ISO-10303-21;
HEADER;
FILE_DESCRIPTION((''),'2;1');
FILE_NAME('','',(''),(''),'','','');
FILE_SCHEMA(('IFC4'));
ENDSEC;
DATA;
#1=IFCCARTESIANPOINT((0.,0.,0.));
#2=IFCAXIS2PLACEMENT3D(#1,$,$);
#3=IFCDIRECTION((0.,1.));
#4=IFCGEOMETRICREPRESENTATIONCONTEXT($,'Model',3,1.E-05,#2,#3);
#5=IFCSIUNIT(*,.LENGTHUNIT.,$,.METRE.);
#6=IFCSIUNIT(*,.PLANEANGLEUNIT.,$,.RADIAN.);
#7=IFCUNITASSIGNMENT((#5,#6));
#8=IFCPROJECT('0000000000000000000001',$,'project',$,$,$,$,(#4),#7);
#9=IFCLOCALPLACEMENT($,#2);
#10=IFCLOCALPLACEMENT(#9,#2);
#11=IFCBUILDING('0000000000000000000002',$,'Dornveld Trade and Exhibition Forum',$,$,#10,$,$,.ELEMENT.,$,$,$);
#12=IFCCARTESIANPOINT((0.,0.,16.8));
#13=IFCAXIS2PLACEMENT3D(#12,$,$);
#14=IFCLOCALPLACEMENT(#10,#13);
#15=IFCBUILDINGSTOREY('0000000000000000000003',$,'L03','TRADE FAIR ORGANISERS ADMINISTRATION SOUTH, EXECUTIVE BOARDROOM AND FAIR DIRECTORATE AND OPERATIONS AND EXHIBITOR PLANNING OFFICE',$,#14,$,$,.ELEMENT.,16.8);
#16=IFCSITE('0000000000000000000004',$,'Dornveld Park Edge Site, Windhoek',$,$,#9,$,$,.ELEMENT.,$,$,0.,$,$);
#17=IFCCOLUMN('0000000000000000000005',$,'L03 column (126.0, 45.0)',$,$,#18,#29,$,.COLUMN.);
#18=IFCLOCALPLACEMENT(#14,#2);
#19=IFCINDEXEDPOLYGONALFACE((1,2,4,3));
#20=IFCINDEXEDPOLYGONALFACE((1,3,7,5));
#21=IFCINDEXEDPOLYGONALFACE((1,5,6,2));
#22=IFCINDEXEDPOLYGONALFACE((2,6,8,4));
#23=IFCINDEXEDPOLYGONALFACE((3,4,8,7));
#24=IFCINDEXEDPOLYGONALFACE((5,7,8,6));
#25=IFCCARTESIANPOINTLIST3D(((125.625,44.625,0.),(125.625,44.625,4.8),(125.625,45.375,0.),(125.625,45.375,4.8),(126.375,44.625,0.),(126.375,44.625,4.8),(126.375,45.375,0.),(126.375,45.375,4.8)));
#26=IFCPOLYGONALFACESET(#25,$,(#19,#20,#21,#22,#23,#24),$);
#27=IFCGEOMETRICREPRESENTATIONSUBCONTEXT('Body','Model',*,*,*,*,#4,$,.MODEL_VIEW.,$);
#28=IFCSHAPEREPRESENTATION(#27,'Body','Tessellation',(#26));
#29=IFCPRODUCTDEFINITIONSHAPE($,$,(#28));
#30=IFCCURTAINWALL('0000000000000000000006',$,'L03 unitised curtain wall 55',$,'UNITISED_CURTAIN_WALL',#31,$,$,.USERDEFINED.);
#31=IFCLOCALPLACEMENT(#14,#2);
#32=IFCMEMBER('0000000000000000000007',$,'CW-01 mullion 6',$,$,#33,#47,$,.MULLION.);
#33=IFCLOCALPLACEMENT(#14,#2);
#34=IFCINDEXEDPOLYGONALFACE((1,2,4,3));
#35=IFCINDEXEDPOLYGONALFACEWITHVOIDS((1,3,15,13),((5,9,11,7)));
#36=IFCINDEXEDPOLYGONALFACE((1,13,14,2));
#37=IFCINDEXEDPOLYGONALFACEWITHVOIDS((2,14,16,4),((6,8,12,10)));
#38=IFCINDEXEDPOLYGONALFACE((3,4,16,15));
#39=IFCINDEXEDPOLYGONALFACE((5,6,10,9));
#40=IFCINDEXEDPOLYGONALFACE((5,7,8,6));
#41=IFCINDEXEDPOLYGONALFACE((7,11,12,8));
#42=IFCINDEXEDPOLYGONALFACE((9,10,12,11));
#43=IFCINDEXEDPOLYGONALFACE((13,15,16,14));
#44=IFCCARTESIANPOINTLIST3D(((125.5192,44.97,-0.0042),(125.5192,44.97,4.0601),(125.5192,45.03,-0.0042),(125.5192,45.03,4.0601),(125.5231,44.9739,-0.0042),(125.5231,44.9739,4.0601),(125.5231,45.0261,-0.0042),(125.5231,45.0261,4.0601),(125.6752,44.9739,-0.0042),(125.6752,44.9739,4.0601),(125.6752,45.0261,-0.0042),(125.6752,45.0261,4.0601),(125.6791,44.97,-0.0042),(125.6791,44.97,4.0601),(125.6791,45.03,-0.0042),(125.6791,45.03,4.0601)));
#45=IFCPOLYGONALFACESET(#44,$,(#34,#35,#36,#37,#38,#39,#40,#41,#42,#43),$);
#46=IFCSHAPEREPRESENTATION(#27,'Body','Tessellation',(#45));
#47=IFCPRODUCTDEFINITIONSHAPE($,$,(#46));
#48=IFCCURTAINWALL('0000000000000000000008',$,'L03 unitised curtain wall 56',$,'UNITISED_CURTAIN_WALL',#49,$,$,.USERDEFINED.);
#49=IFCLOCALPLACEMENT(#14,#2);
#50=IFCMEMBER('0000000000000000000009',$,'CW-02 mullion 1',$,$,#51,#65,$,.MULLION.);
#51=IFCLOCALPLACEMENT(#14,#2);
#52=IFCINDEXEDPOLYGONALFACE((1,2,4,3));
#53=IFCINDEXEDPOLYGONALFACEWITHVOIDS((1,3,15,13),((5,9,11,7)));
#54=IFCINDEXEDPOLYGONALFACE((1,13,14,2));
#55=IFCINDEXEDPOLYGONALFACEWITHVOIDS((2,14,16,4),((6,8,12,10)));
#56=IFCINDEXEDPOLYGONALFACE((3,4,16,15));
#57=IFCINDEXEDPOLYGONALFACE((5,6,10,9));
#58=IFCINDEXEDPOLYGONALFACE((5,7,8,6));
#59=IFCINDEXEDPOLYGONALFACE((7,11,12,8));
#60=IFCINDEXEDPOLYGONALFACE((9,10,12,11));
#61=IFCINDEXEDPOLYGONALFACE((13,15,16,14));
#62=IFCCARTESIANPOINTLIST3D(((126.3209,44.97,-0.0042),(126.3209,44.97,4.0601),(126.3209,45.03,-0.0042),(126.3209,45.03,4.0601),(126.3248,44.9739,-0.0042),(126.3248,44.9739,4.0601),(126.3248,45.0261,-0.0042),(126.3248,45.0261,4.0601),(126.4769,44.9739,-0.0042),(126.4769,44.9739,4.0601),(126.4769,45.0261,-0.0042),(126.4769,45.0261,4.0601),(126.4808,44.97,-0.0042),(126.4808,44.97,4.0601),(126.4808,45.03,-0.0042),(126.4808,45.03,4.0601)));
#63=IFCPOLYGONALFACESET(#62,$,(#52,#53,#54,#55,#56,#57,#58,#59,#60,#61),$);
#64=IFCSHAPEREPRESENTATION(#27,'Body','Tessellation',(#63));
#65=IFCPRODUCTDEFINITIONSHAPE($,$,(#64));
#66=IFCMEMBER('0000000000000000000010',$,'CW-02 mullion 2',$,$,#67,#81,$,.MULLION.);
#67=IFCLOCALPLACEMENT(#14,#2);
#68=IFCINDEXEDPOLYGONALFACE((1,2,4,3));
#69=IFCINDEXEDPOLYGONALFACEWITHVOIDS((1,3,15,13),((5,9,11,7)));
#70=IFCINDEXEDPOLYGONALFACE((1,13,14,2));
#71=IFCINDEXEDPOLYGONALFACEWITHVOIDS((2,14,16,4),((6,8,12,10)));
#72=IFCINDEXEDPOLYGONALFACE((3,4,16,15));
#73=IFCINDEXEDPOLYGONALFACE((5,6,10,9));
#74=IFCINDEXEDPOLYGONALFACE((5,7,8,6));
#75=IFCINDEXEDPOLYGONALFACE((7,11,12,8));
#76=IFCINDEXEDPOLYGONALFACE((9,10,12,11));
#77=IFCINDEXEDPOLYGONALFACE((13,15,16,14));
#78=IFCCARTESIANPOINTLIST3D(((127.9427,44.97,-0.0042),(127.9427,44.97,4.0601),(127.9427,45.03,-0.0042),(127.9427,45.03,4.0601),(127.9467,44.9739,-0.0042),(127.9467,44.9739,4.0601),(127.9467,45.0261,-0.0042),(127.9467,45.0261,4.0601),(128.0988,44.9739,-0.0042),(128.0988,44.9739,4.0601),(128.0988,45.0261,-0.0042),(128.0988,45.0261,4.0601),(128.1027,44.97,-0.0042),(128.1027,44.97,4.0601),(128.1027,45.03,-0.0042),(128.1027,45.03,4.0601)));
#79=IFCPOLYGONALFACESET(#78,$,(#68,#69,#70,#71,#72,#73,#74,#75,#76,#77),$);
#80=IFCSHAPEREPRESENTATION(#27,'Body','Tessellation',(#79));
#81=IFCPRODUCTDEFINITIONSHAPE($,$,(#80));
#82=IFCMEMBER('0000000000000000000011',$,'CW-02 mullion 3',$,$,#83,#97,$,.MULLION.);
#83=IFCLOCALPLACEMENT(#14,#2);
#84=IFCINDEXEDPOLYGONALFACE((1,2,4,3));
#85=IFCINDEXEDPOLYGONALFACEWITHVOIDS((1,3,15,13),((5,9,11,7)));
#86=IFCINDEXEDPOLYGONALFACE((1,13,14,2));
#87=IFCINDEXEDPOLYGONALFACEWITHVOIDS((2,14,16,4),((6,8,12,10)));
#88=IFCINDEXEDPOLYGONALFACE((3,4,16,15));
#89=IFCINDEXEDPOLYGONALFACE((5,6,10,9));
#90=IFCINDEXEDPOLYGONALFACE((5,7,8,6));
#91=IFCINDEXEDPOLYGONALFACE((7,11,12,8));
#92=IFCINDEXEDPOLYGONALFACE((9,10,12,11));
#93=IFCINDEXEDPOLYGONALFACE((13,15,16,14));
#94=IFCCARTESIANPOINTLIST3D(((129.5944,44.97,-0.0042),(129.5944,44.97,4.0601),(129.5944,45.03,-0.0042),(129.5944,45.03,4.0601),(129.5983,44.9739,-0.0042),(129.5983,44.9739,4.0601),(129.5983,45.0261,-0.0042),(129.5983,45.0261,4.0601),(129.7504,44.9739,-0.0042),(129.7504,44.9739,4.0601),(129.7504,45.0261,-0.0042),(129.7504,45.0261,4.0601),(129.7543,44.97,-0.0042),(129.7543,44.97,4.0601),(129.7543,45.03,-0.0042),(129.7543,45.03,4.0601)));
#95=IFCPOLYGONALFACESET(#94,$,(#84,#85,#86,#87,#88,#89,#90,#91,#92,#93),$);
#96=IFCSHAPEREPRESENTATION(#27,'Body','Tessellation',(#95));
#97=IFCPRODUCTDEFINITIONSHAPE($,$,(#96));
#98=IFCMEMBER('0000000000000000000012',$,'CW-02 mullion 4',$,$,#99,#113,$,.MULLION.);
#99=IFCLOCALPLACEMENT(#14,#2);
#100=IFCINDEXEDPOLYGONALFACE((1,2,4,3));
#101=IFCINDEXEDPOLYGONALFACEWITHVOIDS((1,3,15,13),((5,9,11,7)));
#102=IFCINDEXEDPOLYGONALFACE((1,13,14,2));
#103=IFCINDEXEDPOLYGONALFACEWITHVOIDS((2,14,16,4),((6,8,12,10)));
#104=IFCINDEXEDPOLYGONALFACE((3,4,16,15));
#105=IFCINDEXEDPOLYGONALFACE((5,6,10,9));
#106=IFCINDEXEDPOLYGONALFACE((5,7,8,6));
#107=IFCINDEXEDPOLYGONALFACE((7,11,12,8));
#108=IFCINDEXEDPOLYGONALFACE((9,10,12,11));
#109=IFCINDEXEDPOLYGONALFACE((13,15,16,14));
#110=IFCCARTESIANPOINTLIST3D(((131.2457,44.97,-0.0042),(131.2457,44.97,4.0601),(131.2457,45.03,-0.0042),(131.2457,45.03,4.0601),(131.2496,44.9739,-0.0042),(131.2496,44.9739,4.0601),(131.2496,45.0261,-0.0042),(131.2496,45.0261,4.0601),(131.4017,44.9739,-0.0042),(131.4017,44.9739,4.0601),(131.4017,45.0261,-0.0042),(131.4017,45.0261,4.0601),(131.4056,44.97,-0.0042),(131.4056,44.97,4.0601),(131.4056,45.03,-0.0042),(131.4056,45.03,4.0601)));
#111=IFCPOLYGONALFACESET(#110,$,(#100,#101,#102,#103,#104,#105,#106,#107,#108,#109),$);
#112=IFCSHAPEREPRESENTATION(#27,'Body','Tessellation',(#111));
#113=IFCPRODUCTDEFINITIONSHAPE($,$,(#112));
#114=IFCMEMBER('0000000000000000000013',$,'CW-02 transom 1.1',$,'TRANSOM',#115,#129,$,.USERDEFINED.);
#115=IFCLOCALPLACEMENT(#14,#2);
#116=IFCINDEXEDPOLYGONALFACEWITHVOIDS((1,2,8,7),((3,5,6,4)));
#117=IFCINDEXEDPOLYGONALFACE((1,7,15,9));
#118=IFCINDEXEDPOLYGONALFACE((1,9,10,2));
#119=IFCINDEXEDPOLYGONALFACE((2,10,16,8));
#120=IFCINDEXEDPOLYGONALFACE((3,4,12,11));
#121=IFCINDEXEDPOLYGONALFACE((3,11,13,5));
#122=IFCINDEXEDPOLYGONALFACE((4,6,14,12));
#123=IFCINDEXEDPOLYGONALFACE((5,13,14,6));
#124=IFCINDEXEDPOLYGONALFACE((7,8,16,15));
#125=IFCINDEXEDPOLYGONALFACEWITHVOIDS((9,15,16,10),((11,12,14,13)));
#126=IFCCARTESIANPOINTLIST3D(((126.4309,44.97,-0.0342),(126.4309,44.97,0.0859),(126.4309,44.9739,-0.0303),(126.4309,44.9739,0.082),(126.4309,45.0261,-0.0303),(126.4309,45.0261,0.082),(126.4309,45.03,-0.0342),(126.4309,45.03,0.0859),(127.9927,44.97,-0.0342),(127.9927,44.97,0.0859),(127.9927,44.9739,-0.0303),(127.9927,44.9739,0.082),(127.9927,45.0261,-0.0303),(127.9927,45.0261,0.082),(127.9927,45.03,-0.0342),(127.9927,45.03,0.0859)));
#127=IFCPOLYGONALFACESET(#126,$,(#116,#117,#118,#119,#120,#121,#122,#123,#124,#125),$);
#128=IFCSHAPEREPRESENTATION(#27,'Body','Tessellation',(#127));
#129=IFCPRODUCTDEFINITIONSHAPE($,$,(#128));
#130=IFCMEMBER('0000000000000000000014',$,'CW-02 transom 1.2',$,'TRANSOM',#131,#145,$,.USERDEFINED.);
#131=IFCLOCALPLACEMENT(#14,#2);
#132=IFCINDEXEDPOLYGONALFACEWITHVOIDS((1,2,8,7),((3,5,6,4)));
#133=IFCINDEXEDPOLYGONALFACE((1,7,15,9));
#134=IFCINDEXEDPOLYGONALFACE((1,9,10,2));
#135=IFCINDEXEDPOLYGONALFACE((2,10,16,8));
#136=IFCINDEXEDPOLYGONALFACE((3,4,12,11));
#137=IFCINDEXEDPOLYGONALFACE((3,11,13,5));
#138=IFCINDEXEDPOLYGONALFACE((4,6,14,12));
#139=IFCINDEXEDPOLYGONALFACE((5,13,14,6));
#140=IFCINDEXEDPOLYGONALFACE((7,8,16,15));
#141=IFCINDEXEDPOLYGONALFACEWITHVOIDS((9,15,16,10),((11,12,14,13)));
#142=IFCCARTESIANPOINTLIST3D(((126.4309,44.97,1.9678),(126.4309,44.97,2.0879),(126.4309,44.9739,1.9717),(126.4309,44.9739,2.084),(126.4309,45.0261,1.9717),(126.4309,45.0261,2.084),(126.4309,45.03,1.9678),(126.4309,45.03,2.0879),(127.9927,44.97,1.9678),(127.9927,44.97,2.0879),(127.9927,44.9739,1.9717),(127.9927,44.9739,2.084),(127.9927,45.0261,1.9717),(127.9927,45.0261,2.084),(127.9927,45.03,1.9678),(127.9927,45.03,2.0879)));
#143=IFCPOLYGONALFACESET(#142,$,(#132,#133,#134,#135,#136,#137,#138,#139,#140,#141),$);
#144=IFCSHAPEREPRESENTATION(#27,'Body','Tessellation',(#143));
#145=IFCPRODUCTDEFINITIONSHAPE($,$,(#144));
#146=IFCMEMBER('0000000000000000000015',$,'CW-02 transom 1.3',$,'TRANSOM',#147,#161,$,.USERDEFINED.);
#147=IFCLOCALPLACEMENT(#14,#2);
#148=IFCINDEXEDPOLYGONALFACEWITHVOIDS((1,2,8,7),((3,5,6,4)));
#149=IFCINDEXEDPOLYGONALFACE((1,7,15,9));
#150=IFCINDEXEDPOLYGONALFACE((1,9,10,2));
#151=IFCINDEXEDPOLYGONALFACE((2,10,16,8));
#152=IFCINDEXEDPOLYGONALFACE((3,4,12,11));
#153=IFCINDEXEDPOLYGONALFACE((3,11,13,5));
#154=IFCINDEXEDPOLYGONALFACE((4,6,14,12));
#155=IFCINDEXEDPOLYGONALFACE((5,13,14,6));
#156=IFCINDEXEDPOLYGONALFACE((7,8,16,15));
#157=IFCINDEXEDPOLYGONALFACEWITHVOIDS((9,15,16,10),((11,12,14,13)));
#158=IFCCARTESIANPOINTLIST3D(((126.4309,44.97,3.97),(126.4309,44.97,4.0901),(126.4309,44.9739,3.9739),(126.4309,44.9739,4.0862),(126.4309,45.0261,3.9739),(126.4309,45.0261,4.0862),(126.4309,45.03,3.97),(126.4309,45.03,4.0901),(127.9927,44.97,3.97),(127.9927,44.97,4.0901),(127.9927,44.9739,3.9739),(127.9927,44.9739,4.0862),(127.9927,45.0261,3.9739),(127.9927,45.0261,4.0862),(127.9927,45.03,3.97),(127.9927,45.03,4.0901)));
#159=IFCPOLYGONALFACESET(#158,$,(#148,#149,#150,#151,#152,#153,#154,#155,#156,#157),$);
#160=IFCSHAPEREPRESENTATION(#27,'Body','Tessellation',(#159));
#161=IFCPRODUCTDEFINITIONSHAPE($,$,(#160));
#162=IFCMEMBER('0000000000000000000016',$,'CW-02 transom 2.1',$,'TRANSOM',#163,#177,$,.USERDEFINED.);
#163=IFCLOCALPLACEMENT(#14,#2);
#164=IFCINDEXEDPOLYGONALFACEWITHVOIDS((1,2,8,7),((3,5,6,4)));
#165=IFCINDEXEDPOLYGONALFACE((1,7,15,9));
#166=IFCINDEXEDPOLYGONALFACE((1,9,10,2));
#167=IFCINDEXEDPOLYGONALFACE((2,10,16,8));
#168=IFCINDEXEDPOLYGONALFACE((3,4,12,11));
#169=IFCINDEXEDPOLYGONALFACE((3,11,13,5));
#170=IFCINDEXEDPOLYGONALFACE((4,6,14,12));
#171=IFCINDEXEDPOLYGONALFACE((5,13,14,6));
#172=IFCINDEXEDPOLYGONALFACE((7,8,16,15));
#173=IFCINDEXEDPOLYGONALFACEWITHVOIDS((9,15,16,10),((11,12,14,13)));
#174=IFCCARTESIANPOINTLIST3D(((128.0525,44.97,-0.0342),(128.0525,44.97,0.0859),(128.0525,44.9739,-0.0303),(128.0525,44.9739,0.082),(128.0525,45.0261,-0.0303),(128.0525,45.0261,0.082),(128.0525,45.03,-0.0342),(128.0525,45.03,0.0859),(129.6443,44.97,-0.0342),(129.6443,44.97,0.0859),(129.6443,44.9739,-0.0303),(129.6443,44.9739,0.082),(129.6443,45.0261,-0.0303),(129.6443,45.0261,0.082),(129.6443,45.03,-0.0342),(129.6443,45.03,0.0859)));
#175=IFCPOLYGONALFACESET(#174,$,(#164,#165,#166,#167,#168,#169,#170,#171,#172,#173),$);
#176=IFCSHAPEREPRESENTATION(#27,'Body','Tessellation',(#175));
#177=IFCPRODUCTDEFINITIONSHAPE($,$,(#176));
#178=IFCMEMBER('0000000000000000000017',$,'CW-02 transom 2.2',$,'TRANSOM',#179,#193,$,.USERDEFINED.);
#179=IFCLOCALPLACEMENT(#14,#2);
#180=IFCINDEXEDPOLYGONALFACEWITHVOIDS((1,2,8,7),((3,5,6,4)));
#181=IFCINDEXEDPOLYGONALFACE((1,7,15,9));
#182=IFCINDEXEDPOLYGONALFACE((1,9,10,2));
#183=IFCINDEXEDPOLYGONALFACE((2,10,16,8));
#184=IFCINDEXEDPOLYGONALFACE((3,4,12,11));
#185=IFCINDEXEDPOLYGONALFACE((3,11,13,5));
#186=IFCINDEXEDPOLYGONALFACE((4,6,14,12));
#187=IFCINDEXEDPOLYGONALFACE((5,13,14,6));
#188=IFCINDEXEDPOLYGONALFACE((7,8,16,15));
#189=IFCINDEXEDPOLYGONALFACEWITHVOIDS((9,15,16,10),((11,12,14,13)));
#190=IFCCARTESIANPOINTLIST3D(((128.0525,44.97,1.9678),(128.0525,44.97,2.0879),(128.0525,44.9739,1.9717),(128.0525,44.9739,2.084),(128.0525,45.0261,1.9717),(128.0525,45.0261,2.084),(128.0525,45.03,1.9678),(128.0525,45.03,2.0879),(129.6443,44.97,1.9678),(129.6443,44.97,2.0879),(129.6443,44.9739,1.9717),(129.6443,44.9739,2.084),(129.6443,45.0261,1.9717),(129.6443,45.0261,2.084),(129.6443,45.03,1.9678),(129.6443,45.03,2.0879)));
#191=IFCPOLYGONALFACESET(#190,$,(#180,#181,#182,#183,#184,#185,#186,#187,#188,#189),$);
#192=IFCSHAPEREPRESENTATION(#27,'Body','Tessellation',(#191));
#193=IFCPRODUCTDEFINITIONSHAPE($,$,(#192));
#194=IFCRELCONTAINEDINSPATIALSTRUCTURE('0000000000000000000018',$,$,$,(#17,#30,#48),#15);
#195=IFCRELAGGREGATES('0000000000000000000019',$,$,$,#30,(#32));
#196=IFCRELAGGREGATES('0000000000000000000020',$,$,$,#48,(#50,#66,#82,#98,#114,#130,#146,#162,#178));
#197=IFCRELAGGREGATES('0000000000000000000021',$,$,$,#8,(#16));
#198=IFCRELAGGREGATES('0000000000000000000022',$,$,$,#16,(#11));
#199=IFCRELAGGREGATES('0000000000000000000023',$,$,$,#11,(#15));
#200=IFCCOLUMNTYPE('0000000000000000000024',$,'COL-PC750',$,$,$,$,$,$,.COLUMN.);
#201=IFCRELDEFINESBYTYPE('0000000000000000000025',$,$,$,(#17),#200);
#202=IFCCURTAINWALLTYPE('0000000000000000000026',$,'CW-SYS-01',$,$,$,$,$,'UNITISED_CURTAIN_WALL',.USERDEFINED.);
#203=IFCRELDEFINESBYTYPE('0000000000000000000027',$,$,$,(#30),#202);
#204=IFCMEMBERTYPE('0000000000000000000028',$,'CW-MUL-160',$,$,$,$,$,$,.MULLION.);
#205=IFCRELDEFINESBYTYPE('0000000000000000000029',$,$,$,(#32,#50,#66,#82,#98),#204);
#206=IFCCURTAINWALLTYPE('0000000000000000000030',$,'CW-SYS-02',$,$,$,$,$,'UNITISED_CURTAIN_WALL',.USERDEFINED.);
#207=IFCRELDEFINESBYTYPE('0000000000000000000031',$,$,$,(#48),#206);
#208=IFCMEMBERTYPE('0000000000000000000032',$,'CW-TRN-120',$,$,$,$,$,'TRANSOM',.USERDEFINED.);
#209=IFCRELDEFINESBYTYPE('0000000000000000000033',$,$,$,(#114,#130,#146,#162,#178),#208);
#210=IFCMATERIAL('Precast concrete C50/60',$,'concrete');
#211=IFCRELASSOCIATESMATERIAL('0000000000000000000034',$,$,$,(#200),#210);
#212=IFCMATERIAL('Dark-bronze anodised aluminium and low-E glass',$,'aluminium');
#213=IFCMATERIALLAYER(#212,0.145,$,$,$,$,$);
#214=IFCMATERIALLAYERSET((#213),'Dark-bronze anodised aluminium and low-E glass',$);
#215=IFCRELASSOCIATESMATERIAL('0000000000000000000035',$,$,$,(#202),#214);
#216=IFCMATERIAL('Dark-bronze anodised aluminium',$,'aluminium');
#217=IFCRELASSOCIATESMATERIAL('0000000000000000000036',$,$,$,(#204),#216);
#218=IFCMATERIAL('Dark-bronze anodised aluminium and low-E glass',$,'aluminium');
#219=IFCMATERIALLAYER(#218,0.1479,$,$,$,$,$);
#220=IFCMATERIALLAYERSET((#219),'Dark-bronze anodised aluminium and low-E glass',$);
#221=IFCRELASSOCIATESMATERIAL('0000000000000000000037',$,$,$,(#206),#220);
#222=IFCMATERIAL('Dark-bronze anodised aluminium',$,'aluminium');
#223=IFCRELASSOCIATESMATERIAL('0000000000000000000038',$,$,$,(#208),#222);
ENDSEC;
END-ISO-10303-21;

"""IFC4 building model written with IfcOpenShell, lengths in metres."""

from ifc_helpers import new_model, si_unit, direction, frame, origin, origin_2d, place, context, subcontext, project, spatial, rectangle, hollow_rectangle, extrude, material, layer, layer_set, material_profile, profile_set, type_object, element, aggregate, save


model = new_model("IFC4")

# Units and contexts
model_context = context("Model", 3, precision=1e-05, world=origin(), true_north=direction((0.0, 1.0)))
body_context = subcontext(model_context, "Body", "Model", "MODEL_VIEW")
ifc_project = project(units=[si_unit("LENGTHUNIT", "METRE"), si_unit("PLANEANGLEUNIT", "RADIAN")], contexts=[model_context])

# Site, building, storey
site_placement = place(None, origin())
site = spatial("IfcSite", under=ifc_project, at=site_placement, Name="Dornveld Park Edge Site, Windhoek", CompositionType="ELEMENT", RefElevation=0.0)
building_placement = place(site_placement, origin())
building = spatial("IfcBuilding", under=site, at=building_placement, Name="Dornveld Trade and Exhibition Forum", CompositionType="ELEMENT")
storey_placement = place(building_placement, frame((0.0, 0.0, 16.8)))
storey = spatial("IfcBuildingStorey", under=building, at=storey_placement, Name="L03", Description="TRADE FAIR ORGANISERS ADMINISTRATION SOUTH, EXECUTIVE BOARDROOM AND FAIR DIRECTORATE AND OPERATIONS AND EXHIBITOR PLANNING OFFICE", CompositionType="ELEMENT", Elevation=16.8)

# Column
ifc_material_1 = material(Name="Precast concrete C50/60", Category="concrete")
ifc_material_profile_1 = material_profile(ifc_material_1, rectangle(XDim=0.75, YDim=0.75, at=origin_2d()), Name="PC-COL 750x750")
ifc_profile_set_1 = profile_set([ifc_material_profile_1], Name="Precast concrete C50/60")
column_type = type_object("IfcColumnType", Name="COL-PC750", PredefinedType="COLUMN", material=ifc_profile_set_1)
column_placement = place(storey_placement, frame((126.0, 45.0, 0.0), z_axis=(0.0, 0.0, 1.0), x_axis=(1.0, 0.0, 0.0)))
element("IfcColumn", 1, at=column_placement, inside=storey, type_object=column_type, Name="L03 column (126.0, 45.0)", PredefinedType="COLUMN", context=body_context, shape_type="SweptSolid", body=[
    extrude(rectangle(XDim=0.75, YDim=0.75, at=origin_2d()), origin(), (0.0, 0.0, 1.0), 4.8),
])

# Curtain wall, member
ifc_material_2 = material(Name="Dark-bronze anodised aluminium and low-E glass", Category="aluminium")
ifc_layer_1 = layer(ifc_material_2, 0.145)
ifc_layer_set_1 = layer_set([ifc_layer_1], Name="Dark-bronze anodised aluminium and low-E glass")
curtain_wall_type_1 = type_object("IfcCurtainWallType", Name="CW-SYS-01", ElementType="UNITISED_CURTAIN_WALL", PredefinedType="USERDEFINED", material=ifc_layer_set_1)
curtain_wall_1_placement = place(storey_placement, origin())
curtain_wall_1 = element("IfcCurtainWall", 2, at=curtain_wall_1_placement, inside=storey, type_object=curtain_wall_type_1, Name="L03 unitised curtain wall 55", ObjectType="UNITISED_CURTAIN_WALL", PredefinedType="USERDEFINED")
ifc_material_3 = material(Name="Dark-bronze anodised aluminium", Category="aluminium")
ifc_material_profile_2 = material_profile(ifc_material_3, hollow_rectangle(XDim=0.0601, YDim=0.1599, WallThickness=0.0039, at=origin_2d()), Name="RHS 160x60x4")
ifc_profile_set_2 = profile_set([ifc_material_profile_2], Name="Dark-bronze anodised aluminium")
member_type_1 = type_object("IfcMemberType", Name="CW-MUL-160", PredefinedType="MULLION", material=ifc_profile_set_2)
member_1_placement = place(storey_placement, frame((125.5991, 45.0, -0.0042), z_axis=(0.0, 0.0, 1.0), x_axis=(0.0, 1.0, 0.0)))
member_1 = element("IfcMember", 3, at=member_1_placement, type_object=member_type_1, Name="CW-01 mullion 6", PredefinedType="MULLION", context=body_context, shape_type="SweptSolid", body=[
    extrude(hollow_rectangle(XDim=0.0601, YDim=0.1599, WallThickness=0.0039, at=origin_2d()), origin(), (0.0, 0.0, 1.0), 4.0642),
])

# Curtain wall, members
ifc_material_4 = material(Name="Dark-bronze anodised aluminium and low-E glass", Category="aluminium")
ifc_layer_2 = layer(ifc_material_4, 0.1479)
ifc_layer_set_2 = layer_set([ifc_layer_2], Name="Dark-bronze anodised aluminium and low-E glass")
curtain_wall_type_2 = type_object("IfcCurtainWallType", Name="CW-SYS-02", ElementType="UNITISED_CURTAIN_WALL", PredefinedType="USERDEFINED", material=ifc_layer_set_2)
curtain_wall_2_placement = place(storey_placement, origin())
curtain_wall_2 = element("IfcCurtainWall", 4, at=curtain_wall_2_placement, inside=storey, type_object=curtain_wall_type_2, Name="L03 unitised curtain wall 56", ObjectType="UNITISED_CURTAIN_WALL", PredefinedType="USERDEFINED")
member_2_placement = place(storey_placement, frame((126.4009, 45.0, -0.0042), z_axis=(0.0, 0.0, 1.0), x_axis=(0.0, 1.0, 0.0)))
member_2 = element("IfcMember", 5, at=member_2_placement, type_object=member_type_1, Name="CW-02 mullion 1", PredefinedType="MULLION", context=body_context, shape_type="SweptSolid", body=[
    extrude(hollow_rectangle(XDim=0.0601, YDim=0.1599, WallThickness=0.0039, at=origin_2d()), origin(), (0.0, 0.0, 1.0), 4.0642),
])
member_3_placement = place(storey_placement, frame((128.0227, 45.0, -0.0042), z_axis=(0.0, 0.0, 1.0), x_axis=(0.0, 1.0, 0.0)))
member_3 = element("IfcMember", 6, at=member_3_placement, type_object=member_type_1, Name="CW-02 mullion 2", PredefinedType="MULLION", context=body_context, shape_type="SweptSolid", body=[
    extrude(hollow_rectangle(XDim=0.0601, YDim=0.1599, WallThickness=0.0039, at=origin_2d()), origin(), (0.0, 0.0, 1.0), 4.0642),
])
member_4_placement = place(storey_placement, frame((129.6743, 45.0, -0.0042), z_axis=(0.0, 0.0, 1.0), x_axis=(0.0, 1.0, 0.0)))
member_4 = element("IfcMember", 7, at=member_4_placement, type_object=member_type_1, Name="CW-02 mullion 3", PredefinedType="MULLION", context=body_context, shape_type="SweptSolid", body=[
    extrude(hollow_rectangle(XDim=0.0601, YDim=0.1599, WallThickness=0.0039, at=origin_2d()), origin(), (0.0, 0.0, 1.0), 4.0642),
])
member_5_placement = place(storey_placement, frame((131.3257, 45.0, -0.0042), z_axis=(0.0, 0.0, 1.0), x_axis=(0.0, 1.0, 0.0)))
member_5 = element("IfcMember", 8, at=member_5_placement, type_object=member_type_1, Name="CW-02 mullion 4", PredefinedType="MULLION", context=body_context, shape_type="SweptSolid", body=[
    extrude(hollow_rectangle(XDim=0.0601, YDim=0.1599, WallThickness=0.0039, at=origin_2d()), origin(), (0.0, 0.0, 1.0), 4.0642),
])
ifc_material_5 = material(Name="Dark-bronze anodised aluminium", Category="aluminium")
ifc_material_profile_3 = material_profile(ifc_material_5, hollow_rectangle(XDim=0.0601, YDim=0.1201, WallThickness=0.0039, at=origin_2d()), Name="RHS 120x60x4")
ifc_profile_set_3 = profile_set([ifc_material_profile_3], Name="Dark-bronze anodised aluminium")
member_type_2 = type_object("IfcMemberType", Name="CW-TRN-120", ElementType="TRANSOM", PredefinedType="USERDEFINED", material=ifc_profile_set_3)
member_6_placement = place(storey_placement, frame((126.4309, 45.0, 0.0259), z_axis=(1.0, 0.0, 0.0), x_axis=(0.0, 1.0, 0.0)))
member_6 = element("IfcMember", 9, at=member_6_placement, type_object=member_type_2, Name="CW-02 transom 1.1", ObjectType="TRANSOM", PredefinedType="USERDEFINED", context=body_context, shape_type="SweptSolid", body=[
    extrude(hollow_rectangle(XDim=0.0601, YDim=0.1201, WallThickness=0.0039, at=origin_2d()), origin(), (0.0, 0.0, 1.0), 1.5618),
])
member_7_placement = place(storey_placement, frame((126.4309, 45.0, 2.0278), z_axis=(1.0, 0.0, 0.0), x_axis=(0.0, 1.0, 0.0)))
member_7 = element("IfcMember", 10, at=member_7_placement, type_object=member_type_2, Name="CW-02 transom 1.2", ObjectType="TRANSOM", PredefinedType="USERDEFINED", context=body_context, shape_type="SweptSolid", body=[
    extrude(hollow_rectangle(XDim=0.0601, YDim=0.1201, WallThickness=0.0039, at=origin_2d()), origin(), (0.0, 0.0, 1.0), 1.5618),
])
member_8_placement = place(storey_placement, frame((126.4309, 45.0, 4.03), z_axis=(1.0, 0.0, 0.0), x_axis=(0.0, 1.0, 0.0)))
member_8 = element("IfcMember", 11, at=member_8_placement, type_object=member_type_2, Name="CW-02 transom 1.3", ObjectType="TRANSOM", PredefinedType="USERDEFINED", context=body_context, shape_type="SweptSolid", body=[
    extrude(hollow_rectangle(XDim=0.0601, YDim=0.1201, WallThickness=0.0039, at=origin_2d()), origin(), (0.0, 0.0, 1.0), 1.5618),
])
member_9_placement = place(storey_placement, frame((128.0525, 45.0, 0.0259), z_axis=(1.0, 0.0, 0.0), x_axis=(0.0, 1.0, 0.0)))
member_9 = element("IfcMember", 12, at=member_9_placement, type_object=member_type_2, Name="CW-02 transom 2.1", ObjectType="TRANSOM", PredefinedType="USERDEFINED", context=body_context, shape_type="SweptSolid", body=[
    extrude(hollow_rectangle(XDim=0.0601, YDim=0.1201, WallThickness=0.0039, at=origin_2d()), origin(), (0.0, 0.0, 1.0), 1.5918),
])
member_10_placement = place(storey_placement, frame((128.0525, 45.0, 2.0278), z_axis=(1.0, 0.0, 0.0), x_axis=(0.0, 1.0, 0.0)))
member_10 = element("IfcMember", 13, at=member_10_placement, type_object=member_type_2, Name="CW-02 transom 2.2", ObjectType="TRANSOM", PredefinedType="USERDEFINED", context=body_context, shape_type="SweptSolid", body=[
    extrude(hollow_rectangle(XDim=0.0601, YDim=0.1201, WallThickness=0.0039, at=origin_2d()), origin(), (0.0, 0.0, 1.0), 1.5918),
])

aggregate(curtain_wall_1, [member_1])
aggregate(curtain_wall_2, [member_2, member_3, member_4, member_5, member_6, member_7, member_8, member_9, member_10])

save(model, "model.ifc")
